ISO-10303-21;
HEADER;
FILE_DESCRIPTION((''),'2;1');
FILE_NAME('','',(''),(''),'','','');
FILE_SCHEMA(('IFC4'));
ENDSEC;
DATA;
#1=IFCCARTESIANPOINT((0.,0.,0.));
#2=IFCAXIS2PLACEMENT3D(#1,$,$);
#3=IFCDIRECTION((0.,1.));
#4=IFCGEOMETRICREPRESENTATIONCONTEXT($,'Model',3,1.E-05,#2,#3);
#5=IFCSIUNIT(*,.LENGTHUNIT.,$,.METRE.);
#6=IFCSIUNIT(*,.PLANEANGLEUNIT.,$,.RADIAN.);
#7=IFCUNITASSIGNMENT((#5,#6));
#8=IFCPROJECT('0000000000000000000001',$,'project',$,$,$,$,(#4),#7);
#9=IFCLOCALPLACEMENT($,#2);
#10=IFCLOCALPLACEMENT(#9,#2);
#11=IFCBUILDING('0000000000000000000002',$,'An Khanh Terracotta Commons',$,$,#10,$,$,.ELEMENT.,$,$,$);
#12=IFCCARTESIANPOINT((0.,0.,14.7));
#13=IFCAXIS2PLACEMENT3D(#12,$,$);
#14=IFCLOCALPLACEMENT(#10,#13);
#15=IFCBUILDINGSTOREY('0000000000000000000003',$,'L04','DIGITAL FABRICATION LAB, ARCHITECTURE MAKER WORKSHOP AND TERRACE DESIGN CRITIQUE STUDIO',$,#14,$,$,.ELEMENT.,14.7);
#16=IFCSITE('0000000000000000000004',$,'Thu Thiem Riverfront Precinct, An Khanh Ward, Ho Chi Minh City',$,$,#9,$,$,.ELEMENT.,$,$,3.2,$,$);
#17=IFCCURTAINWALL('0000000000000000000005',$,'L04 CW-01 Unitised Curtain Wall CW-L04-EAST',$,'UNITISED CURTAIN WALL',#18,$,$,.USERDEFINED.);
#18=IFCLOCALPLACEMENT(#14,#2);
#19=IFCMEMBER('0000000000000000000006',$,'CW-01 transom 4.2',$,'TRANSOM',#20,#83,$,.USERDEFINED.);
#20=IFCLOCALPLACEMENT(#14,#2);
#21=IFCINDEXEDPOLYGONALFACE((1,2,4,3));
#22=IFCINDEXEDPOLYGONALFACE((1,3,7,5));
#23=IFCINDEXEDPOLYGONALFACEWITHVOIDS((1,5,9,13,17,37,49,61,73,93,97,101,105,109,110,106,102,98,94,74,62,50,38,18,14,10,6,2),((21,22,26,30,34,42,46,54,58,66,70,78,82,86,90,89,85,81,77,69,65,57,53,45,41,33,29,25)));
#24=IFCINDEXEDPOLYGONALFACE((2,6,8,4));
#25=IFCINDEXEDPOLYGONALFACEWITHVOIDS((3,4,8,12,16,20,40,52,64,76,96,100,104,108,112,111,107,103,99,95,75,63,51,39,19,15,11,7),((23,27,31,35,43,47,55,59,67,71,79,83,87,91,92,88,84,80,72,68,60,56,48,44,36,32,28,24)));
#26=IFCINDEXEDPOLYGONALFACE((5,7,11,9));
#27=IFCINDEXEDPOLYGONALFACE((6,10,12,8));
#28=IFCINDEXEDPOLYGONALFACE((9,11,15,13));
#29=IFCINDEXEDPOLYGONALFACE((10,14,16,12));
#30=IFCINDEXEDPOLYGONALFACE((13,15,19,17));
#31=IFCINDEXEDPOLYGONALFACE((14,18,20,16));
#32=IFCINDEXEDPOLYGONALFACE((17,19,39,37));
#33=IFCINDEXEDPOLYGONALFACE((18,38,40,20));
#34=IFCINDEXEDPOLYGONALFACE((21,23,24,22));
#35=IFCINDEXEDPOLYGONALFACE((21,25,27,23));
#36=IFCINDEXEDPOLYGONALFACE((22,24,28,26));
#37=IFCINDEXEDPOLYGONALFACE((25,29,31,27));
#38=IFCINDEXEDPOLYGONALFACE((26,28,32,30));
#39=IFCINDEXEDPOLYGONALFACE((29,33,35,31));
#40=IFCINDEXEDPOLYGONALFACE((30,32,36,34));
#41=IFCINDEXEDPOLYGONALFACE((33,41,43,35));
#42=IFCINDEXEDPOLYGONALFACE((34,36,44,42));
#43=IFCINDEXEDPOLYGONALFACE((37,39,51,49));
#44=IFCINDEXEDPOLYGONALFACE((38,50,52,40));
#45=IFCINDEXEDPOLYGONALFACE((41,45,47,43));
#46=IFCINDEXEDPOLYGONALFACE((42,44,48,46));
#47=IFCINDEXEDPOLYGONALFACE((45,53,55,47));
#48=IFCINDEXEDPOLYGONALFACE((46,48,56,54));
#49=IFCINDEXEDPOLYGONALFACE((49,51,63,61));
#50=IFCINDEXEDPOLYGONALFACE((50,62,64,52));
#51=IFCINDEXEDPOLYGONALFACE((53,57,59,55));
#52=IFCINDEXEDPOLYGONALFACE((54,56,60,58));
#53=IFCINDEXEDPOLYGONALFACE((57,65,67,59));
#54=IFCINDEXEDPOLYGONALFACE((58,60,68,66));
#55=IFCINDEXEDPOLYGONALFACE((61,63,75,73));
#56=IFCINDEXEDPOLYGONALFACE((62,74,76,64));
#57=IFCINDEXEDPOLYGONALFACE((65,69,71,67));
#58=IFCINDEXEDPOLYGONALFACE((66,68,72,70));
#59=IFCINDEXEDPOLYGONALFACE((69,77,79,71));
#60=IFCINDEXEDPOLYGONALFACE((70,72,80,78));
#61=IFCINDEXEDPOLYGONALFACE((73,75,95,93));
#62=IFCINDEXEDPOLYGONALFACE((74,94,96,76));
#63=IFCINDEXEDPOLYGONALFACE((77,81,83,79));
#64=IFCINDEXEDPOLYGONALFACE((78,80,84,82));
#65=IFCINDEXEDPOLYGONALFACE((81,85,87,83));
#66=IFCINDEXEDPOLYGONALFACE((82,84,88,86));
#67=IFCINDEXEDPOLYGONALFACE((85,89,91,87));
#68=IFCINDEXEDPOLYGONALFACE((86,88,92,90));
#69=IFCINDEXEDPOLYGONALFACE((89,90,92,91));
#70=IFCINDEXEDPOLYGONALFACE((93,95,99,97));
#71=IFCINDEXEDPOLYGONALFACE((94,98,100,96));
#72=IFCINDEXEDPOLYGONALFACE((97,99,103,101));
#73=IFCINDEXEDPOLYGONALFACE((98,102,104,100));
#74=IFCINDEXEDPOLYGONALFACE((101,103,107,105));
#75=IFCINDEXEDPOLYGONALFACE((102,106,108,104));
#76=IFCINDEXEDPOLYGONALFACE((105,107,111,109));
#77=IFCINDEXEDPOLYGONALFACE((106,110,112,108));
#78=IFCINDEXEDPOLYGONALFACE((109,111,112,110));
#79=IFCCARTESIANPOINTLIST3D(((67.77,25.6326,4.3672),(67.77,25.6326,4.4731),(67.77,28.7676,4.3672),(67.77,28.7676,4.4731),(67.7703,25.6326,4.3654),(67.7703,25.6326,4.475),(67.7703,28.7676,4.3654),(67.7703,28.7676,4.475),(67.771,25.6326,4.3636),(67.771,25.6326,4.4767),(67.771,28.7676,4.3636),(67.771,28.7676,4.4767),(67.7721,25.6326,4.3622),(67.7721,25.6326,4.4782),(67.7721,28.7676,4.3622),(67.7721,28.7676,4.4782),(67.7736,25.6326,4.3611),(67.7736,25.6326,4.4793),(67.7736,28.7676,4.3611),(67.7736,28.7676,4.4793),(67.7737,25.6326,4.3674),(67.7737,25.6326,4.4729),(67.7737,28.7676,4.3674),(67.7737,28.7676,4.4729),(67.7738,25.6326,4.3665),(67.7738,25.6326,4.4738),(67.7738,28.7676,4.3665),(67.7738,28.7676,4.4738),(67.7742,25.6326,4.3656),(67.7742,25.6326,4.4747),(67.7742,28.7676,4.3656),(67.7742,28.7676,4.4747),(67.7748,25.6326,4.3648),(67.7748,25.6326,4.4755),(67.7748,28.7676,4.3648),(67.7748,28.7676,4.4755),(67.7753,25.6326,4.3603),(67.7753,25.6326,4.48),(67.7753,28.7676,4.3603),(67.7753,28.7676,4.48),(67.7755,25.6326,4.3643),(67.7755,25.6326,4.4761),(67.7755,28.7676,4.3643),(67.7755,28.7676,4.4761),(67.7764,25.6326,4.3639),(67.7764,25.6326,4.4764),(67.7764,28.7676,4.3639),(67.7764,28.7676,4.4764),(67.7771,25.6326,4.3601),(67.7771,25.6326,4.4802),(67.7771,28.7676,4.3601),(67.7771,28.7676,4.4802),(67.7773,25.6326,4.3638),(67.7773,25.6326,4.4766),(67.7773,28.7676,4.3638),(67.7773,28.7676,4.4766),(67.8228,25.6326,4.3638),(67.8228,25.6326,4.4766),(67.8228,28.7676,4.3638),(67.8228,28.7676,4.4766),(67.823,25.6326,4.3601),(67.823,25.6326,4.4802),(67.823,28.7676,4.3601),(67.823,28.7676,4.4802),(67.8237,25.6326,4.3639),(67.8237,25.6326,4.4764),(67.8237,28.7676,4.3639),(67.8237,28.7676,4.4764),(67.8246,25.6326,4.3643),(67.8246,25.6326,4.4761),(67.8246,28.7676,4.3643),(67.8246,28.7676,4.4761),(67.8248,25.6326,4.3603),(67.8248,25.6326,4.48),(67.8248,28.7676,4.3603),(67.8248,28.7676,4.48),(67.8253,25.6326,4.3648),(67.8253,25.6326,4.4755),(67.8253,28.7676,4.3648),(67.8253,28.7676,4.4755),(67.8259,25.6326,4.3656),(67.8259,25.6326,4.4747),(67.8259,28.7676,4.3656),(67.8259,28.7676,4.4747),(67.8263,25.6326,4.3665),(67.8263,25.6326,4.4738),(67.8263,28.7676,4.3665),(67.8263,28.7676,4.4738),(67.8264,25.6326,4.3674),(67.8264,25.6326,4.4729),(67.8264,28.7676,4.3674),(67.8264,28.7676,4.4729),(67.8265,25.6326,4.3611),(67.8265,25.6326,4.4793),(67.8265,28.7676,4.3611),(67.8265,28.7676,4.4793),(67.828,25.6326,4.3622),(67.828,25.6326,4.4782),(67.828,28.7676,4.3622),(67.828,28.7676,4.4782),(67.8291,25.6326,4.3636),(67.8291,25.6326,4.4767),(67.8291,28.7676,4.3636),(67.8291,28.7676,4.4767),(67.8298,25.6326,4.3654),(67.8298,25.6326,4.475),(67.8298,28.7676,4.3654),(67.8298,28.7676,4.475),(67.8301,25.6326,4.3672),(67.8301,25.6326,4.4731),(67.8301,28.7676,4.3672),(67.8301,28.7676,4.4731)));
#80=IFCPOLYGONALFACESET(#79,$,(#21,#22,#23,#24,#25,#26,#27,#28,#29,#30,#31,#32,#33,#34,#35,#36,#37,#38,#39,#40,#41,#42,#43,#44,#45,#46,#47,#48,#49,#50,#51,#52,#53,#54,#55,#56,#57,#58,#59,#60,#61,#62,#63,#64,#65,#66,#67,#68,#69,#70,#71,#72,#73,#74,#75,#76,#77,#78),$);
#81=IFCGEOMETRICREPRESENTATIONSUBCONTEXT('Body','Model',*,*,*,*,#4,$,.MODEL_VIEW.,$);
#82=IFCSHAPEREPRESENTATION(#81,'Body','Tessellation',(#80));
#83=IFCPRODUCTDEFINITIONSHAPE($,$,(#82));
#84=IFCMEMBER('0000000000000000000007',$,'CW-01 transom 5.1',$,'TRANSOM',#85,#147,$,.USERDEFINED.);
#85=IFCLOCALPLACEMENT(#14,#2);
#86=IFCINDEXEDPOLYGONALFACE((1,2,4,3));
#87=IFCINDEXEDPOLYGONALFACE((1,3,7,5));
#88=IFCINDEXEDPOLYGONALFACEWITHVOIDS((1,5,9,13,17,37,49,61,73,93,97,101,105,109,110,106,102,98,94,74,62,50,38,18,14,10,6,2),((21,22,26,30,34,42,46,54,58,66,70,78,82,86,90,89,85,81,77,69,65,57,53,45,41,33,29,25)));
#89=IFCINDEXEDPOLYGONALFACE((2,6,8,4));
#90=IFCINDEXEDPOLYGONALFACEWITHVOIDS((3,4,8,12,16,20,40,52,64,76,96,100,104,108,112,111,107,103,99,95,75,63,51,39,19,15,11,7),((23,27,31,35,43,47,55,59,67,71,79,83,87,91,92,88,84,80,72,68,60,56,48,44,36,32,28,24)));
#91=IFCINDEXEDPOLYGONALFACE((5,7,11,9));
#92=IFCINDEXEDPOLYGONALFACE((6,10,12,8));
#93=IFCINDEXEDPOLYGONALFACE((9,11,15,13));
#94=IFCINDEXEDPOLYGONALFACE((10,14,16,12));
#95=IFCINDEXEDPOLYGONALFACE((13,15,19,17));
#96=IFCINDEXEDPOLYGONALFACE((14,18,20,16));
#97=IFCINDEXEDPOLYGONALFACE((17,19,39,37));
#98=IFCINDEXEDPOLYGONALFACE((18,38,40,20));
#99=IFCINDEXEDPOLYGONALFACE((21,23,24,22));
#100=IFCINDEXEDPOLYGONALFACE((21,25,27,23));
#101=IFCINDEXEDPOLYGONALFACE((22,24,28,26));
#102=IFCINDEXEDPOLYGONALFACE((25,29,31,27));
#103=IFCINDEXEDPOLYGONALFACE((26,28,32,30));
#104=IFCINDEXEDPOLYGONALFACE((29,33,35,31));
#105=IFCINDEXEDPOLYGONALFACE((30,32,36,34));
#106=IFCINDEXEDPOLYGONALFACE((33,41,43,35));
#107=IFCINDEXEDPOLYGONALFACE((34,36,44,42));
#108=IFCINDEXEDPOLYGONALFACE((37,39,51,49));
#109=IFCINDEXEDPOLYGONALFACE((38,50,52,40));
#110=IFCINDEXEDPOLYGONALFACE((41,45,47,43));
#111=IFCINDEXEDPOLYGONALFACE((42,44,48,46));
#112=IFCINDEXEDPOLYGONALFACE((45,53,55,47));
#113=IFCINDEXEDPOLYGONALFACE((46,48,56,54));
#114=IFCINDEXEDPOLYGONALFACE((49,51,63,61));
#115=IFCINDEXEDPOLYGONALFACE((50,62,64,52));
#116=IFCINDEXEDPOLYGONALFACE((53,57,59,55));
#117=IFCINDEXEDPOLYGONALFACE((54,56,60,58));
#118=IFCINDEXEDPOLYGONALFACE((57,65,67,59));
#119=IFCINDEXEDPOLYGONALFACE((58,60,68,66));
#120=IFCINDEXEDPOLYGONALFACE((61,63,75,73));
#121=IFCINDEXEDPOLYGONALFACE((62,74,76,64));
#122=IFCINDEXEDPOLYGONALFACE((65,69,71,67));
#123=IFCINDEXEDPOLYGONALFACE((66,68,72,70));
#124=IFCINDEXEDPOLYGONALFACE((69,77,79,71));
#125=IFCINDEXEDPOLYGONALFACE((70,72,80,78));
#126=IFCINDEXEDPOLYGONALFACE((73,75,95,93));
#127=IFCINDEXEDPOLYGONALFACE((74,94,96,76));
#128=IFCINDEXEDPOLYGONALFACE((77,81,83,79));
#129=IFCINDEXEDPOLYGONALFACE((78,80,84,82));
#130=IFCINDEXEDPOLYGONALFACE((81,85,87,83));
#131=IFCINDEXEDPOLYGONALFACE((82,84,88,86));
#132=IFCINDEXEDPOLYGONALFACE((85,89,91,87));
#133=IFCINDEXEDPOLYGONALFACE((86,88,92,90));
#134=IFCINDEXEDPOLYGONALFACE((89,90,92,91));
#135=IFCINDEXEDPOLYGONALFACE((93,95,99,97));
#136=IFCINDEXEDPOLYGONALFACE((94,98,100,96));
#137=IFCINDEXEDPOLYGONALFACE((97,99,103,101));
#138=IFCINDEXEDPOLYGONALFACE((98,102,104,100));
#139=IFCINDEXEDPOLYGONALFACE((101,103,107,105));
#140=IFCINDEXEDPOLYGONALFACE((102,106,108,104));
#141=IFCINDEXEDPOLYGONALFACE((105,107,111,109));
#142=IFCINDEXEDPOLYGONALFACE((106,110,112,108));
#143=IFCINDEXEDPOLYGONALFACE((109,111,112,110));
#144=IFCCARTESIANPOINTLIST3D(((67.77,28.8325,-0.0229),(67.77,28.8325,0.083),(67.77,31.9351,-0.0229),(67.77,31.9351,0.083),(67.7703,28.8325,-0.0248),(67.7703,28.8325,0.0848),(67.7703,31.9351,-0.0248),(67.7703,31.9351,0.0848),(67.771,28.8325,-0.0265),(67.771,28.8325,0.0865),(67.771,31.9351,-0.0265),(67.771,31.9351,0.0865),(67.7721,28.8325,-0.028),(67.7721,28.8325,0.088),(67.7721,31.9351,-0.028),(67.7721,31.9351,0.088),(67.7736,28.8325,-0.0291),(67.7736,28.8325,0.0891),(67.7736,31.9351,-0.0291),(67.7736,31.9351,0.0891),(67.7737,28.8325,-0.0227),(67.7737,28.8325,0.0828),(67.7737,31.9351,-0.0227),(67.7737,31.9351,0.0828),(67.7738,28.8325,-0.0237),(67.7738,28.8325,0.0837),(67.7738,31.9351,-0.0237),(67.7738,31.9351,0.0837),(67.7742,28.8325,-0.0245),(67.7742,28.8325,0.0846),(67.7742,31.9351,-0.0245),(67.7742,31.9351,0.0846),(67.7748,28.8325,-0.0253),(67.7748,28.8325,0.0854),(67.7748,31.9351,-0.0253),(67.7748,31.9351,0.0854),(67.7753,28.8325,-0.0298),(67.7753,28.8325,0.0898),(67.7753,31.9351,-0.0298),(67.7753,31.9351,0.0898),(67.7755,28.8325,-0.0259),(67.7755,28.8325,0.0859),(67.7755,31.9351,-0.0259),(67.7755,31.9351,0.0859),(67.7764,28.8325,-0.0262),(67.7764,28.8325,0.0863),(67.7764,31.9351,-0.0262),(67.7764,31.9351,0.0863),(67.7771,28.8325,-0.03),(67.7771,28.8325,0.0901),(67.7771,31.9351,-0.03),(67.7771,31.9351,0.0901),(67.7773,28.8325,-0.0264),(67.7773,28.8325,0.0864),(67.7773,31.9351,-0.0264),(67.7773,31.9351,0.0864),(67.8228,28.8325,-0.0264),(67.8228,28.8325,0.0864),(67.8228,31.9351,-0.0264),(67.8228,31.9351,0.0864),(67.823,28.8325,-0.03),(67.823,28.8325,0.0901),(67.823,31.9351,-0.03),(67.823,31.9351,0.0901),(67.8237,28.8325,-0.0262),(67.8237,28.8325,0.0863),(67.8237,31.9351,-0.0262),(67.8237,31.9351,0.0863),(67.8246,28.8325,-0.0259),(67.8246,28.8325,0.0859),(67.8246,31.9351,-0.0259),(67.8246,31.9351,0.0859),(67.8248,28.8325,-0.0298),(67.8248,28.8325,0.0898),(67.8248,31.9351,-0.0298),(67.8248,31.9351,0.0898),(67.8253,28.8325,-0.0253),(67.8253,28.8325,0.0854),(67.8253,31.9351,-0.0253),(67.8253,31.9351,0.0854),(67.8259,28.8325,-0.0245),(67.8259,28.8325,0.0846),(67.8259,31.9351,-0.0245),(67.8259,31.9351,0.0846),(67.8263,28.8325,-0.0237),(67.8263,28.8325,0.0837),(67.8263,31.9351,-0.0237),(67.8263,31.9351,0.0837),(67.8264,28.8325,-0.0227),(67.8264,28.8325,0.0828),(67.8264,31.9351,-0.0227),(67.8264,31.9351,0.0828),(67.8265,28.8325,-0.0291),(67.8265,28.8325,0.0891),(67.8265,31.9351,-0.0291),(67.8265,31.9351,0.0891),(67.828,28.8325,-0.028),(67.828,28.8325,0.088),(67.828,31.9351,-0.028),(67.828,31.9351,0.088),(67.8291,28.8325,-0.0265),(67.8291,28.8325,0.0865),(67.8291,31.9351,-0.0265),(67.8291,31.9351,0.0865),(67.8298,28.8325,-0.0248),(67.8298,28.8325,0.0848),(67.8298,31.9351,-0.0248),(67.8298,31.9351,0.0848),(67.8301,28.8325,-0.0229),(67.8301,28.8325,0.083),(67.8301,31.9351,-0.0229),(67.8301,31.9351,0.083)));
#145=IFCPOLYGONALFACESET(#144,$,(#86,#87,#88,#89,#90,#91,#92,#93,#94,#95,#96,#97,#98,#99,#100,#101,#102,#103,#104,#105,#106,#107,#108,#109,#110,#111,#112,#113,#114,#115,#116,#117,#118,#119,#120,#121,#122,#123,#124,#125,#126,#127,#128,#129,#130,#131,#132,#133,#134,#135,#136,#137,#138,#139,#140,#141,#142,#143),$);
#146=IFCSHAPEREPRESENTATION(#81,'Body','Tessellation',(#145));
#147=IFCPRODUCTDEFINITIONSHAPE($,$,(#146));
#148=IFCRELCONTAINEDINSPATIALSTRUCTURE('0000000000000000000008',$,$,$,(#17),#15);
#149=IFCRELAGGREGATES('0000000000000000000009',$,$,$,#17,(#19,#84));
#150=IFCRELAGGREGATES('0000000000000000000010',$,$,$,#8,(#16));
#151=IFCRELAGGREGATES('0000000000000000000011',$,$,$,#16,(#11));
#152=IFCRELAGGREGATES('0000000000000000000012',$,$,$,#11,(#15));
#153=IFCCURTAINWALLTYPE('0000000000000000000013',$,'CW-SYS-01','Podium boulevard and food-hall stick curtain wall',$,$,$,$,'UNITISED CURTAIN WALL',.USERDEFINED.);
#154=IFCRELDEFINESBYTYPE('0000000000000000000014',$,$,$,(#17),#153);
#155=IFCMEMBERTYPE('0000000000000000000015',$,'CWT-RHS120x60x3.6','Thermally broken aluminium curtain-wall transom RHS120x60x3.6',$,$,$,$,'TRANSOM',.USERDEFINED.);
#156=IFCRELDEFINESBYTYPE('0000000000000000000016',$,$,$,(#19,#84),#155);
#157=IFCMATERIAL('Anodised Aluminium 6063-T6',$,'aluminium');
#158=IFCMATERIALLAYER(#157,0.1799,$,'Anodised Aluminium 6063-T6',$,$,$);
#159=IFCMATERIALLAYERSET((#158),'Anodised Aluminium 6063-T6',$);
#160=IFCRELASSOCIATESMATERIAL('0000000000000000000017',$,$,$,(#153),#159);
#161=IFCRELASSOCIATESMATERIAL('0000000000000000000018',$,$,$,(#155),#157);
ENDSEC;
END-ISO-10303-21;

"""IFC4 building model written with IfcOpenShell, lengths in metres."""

from ifc_helpers import new_model, si_unit, direction, frame, origin, origin_2d, place, context, subcontext, project, spatial, hollow_rectangle, extrude, material, layer, layer_set, material_profile, profile_set, type_object, element, aggregate, save


model = new_model("IFC4")

# Units and contexts
model_context = context("Model", 3, precision=1e-05, world=origin(), true_north=direction((0.0, 1.0)))
body_context = subcontext(model_context, "Body", "Model", "MODEL_VIEW")
ifc_project = project(units=[si_unit("LENGTHUNIT", "METRE"), si_unit("PLANEANGLEUNIT", "RADIAN")], contexts=[model_context])

# Site, building, storey
site_placement = place(None, origin())
site = spatial("IfcSite", under=ifc_project, at=site_placement, Name="Thu Thiem Riverfront Precinct, An Khanh Ward, Ho Chi Minh City", CompositionType="ELEMENT", RefElevation=3.2)
building_placement = place(site_placement, origin())
building = spatial("IfcBuilding", under=site, at=building_placement, Name="An Khanh Terracotta Commons", CompositionType="ELEMENT")
storey_placement = place(building_placement, frame((0.0, 0.0, 14.7)))
storey = spatial("IfcBuildingStorey", under=building, at=storey_placement, Name="L04", Description="DIGITAL FABRICATION LAB, ARCHITECTURE MAKER WORKSHOP AND TERRACE DESIGN CRITIQUE STUDIO", CompositionType="ELEMENT", Elevation=14.7)

# Curtain wall, members
ifc_material_1 = material(Name="Anodised Aluminium 6063-T6", Category="aluminium")
ifc_layer_1 = layer(ifc_material_1, 0.1799, Name="Anodised Aluminium 6063-T6")
ifc_layer_set_1 = layer_set([ifc_layer_1], Name="Anodised Aluminium 6063-T6")
curtain_wall_type = type_object("IfcCurtainWallType", Name="CW-SYS-01", Description="Podium boulevard and food-hall stick curtain wall", ElementType="UNITISED CURTAIN WALL", PredefinedType="USERDEFINED", material=ifc_layer_set_1)
curtain_wall_placement = place(storey_placement, origin())
curtain_wall = element("IfcCurtainWall", 1, at=curtain_wall_placement, inside=storey, type_object=curtain_wall_type, Name="L04 CW-01 Unitised Curtain Wall CW-L04-EAST", ObjectType="UNITISED CURTAIN WALL", PredefinedType="USERDEFINED")
ifc_material_profile_1 = material_profile(ifc_material_1, hollow_rectangle(XDim=0.0601, YDim=0.1201, WallThickness=0.0037, InnerFilletRadius=0.0037, OuterFilletRadius=0.0071, at=origin_2d()), Name="RHS120x60x3.6")
ifc_profile_set_1 = profile_set([ifc_material_profile_1], Name="Anodised Aluminium 6063-T6")
member_type_1 = type_object("IfcMemberType", Name="CWT-RHS120x60x3.6", Description="Thermally broken aluminium curtain-wall transom RHS120x60x3.6", ElementType="TRANSOM", PredefinedType="USERDEFINED", material=ifc_profile_set_1)
member_1_placement = place(storey_placement, frame((67.8, 25.6326, 4.4202), z_axis=(0.0, 1.0, 0.0), x_axis=(-1.0, 0.0, 0.0)))
member_1 = element("IfcMember", 2, at=member_1_placement, type_object=member_type_1, Name="CW-01 transom 4.2", ObjectType="TRANSOM", PredefinedType="USERDEFINED", context=body_context, shape_type="SweptSolid", body=[
    extrude(hollow_rectangle(XDim=0.0601, YDim=0.1201, WallThickness=0.0037, InnerFilletRadius=0.0037, OuterFilletRadius=0.0071, at=origin_2d()), origin(), (0.0, 0.0, 1.0), 3.135),
])
member_2_placement = place(storey_placement, frame((67.8, 28.8325, 0.03), z_axis=(0.0, 1.0, 0.0), x_axis=(-1.0, 0.0, 0.0)))
member_2 = element("IfcMember", 3, at=member_2_placement, type_object=member_type_1, Name="CW-01 transom 5.1", ObjectType="TRANSOM", PredefinedType="USERDEFINED", context=body_context, shape_type="SweptSolid", body=[
    extrude(hollow_rectangle(XDim=0.0601, YDim=0.1201, WallThickness=0.0037, InnerFilletRadius=0.0037, OuterFilletRadius=0.0071, at=origin_2d()), origin(), (0.0, 0.0, 1.0), 3.1025),
])
aggregate(curtain_wall, [member_1, member_2])

save(model, "model.ifc")
